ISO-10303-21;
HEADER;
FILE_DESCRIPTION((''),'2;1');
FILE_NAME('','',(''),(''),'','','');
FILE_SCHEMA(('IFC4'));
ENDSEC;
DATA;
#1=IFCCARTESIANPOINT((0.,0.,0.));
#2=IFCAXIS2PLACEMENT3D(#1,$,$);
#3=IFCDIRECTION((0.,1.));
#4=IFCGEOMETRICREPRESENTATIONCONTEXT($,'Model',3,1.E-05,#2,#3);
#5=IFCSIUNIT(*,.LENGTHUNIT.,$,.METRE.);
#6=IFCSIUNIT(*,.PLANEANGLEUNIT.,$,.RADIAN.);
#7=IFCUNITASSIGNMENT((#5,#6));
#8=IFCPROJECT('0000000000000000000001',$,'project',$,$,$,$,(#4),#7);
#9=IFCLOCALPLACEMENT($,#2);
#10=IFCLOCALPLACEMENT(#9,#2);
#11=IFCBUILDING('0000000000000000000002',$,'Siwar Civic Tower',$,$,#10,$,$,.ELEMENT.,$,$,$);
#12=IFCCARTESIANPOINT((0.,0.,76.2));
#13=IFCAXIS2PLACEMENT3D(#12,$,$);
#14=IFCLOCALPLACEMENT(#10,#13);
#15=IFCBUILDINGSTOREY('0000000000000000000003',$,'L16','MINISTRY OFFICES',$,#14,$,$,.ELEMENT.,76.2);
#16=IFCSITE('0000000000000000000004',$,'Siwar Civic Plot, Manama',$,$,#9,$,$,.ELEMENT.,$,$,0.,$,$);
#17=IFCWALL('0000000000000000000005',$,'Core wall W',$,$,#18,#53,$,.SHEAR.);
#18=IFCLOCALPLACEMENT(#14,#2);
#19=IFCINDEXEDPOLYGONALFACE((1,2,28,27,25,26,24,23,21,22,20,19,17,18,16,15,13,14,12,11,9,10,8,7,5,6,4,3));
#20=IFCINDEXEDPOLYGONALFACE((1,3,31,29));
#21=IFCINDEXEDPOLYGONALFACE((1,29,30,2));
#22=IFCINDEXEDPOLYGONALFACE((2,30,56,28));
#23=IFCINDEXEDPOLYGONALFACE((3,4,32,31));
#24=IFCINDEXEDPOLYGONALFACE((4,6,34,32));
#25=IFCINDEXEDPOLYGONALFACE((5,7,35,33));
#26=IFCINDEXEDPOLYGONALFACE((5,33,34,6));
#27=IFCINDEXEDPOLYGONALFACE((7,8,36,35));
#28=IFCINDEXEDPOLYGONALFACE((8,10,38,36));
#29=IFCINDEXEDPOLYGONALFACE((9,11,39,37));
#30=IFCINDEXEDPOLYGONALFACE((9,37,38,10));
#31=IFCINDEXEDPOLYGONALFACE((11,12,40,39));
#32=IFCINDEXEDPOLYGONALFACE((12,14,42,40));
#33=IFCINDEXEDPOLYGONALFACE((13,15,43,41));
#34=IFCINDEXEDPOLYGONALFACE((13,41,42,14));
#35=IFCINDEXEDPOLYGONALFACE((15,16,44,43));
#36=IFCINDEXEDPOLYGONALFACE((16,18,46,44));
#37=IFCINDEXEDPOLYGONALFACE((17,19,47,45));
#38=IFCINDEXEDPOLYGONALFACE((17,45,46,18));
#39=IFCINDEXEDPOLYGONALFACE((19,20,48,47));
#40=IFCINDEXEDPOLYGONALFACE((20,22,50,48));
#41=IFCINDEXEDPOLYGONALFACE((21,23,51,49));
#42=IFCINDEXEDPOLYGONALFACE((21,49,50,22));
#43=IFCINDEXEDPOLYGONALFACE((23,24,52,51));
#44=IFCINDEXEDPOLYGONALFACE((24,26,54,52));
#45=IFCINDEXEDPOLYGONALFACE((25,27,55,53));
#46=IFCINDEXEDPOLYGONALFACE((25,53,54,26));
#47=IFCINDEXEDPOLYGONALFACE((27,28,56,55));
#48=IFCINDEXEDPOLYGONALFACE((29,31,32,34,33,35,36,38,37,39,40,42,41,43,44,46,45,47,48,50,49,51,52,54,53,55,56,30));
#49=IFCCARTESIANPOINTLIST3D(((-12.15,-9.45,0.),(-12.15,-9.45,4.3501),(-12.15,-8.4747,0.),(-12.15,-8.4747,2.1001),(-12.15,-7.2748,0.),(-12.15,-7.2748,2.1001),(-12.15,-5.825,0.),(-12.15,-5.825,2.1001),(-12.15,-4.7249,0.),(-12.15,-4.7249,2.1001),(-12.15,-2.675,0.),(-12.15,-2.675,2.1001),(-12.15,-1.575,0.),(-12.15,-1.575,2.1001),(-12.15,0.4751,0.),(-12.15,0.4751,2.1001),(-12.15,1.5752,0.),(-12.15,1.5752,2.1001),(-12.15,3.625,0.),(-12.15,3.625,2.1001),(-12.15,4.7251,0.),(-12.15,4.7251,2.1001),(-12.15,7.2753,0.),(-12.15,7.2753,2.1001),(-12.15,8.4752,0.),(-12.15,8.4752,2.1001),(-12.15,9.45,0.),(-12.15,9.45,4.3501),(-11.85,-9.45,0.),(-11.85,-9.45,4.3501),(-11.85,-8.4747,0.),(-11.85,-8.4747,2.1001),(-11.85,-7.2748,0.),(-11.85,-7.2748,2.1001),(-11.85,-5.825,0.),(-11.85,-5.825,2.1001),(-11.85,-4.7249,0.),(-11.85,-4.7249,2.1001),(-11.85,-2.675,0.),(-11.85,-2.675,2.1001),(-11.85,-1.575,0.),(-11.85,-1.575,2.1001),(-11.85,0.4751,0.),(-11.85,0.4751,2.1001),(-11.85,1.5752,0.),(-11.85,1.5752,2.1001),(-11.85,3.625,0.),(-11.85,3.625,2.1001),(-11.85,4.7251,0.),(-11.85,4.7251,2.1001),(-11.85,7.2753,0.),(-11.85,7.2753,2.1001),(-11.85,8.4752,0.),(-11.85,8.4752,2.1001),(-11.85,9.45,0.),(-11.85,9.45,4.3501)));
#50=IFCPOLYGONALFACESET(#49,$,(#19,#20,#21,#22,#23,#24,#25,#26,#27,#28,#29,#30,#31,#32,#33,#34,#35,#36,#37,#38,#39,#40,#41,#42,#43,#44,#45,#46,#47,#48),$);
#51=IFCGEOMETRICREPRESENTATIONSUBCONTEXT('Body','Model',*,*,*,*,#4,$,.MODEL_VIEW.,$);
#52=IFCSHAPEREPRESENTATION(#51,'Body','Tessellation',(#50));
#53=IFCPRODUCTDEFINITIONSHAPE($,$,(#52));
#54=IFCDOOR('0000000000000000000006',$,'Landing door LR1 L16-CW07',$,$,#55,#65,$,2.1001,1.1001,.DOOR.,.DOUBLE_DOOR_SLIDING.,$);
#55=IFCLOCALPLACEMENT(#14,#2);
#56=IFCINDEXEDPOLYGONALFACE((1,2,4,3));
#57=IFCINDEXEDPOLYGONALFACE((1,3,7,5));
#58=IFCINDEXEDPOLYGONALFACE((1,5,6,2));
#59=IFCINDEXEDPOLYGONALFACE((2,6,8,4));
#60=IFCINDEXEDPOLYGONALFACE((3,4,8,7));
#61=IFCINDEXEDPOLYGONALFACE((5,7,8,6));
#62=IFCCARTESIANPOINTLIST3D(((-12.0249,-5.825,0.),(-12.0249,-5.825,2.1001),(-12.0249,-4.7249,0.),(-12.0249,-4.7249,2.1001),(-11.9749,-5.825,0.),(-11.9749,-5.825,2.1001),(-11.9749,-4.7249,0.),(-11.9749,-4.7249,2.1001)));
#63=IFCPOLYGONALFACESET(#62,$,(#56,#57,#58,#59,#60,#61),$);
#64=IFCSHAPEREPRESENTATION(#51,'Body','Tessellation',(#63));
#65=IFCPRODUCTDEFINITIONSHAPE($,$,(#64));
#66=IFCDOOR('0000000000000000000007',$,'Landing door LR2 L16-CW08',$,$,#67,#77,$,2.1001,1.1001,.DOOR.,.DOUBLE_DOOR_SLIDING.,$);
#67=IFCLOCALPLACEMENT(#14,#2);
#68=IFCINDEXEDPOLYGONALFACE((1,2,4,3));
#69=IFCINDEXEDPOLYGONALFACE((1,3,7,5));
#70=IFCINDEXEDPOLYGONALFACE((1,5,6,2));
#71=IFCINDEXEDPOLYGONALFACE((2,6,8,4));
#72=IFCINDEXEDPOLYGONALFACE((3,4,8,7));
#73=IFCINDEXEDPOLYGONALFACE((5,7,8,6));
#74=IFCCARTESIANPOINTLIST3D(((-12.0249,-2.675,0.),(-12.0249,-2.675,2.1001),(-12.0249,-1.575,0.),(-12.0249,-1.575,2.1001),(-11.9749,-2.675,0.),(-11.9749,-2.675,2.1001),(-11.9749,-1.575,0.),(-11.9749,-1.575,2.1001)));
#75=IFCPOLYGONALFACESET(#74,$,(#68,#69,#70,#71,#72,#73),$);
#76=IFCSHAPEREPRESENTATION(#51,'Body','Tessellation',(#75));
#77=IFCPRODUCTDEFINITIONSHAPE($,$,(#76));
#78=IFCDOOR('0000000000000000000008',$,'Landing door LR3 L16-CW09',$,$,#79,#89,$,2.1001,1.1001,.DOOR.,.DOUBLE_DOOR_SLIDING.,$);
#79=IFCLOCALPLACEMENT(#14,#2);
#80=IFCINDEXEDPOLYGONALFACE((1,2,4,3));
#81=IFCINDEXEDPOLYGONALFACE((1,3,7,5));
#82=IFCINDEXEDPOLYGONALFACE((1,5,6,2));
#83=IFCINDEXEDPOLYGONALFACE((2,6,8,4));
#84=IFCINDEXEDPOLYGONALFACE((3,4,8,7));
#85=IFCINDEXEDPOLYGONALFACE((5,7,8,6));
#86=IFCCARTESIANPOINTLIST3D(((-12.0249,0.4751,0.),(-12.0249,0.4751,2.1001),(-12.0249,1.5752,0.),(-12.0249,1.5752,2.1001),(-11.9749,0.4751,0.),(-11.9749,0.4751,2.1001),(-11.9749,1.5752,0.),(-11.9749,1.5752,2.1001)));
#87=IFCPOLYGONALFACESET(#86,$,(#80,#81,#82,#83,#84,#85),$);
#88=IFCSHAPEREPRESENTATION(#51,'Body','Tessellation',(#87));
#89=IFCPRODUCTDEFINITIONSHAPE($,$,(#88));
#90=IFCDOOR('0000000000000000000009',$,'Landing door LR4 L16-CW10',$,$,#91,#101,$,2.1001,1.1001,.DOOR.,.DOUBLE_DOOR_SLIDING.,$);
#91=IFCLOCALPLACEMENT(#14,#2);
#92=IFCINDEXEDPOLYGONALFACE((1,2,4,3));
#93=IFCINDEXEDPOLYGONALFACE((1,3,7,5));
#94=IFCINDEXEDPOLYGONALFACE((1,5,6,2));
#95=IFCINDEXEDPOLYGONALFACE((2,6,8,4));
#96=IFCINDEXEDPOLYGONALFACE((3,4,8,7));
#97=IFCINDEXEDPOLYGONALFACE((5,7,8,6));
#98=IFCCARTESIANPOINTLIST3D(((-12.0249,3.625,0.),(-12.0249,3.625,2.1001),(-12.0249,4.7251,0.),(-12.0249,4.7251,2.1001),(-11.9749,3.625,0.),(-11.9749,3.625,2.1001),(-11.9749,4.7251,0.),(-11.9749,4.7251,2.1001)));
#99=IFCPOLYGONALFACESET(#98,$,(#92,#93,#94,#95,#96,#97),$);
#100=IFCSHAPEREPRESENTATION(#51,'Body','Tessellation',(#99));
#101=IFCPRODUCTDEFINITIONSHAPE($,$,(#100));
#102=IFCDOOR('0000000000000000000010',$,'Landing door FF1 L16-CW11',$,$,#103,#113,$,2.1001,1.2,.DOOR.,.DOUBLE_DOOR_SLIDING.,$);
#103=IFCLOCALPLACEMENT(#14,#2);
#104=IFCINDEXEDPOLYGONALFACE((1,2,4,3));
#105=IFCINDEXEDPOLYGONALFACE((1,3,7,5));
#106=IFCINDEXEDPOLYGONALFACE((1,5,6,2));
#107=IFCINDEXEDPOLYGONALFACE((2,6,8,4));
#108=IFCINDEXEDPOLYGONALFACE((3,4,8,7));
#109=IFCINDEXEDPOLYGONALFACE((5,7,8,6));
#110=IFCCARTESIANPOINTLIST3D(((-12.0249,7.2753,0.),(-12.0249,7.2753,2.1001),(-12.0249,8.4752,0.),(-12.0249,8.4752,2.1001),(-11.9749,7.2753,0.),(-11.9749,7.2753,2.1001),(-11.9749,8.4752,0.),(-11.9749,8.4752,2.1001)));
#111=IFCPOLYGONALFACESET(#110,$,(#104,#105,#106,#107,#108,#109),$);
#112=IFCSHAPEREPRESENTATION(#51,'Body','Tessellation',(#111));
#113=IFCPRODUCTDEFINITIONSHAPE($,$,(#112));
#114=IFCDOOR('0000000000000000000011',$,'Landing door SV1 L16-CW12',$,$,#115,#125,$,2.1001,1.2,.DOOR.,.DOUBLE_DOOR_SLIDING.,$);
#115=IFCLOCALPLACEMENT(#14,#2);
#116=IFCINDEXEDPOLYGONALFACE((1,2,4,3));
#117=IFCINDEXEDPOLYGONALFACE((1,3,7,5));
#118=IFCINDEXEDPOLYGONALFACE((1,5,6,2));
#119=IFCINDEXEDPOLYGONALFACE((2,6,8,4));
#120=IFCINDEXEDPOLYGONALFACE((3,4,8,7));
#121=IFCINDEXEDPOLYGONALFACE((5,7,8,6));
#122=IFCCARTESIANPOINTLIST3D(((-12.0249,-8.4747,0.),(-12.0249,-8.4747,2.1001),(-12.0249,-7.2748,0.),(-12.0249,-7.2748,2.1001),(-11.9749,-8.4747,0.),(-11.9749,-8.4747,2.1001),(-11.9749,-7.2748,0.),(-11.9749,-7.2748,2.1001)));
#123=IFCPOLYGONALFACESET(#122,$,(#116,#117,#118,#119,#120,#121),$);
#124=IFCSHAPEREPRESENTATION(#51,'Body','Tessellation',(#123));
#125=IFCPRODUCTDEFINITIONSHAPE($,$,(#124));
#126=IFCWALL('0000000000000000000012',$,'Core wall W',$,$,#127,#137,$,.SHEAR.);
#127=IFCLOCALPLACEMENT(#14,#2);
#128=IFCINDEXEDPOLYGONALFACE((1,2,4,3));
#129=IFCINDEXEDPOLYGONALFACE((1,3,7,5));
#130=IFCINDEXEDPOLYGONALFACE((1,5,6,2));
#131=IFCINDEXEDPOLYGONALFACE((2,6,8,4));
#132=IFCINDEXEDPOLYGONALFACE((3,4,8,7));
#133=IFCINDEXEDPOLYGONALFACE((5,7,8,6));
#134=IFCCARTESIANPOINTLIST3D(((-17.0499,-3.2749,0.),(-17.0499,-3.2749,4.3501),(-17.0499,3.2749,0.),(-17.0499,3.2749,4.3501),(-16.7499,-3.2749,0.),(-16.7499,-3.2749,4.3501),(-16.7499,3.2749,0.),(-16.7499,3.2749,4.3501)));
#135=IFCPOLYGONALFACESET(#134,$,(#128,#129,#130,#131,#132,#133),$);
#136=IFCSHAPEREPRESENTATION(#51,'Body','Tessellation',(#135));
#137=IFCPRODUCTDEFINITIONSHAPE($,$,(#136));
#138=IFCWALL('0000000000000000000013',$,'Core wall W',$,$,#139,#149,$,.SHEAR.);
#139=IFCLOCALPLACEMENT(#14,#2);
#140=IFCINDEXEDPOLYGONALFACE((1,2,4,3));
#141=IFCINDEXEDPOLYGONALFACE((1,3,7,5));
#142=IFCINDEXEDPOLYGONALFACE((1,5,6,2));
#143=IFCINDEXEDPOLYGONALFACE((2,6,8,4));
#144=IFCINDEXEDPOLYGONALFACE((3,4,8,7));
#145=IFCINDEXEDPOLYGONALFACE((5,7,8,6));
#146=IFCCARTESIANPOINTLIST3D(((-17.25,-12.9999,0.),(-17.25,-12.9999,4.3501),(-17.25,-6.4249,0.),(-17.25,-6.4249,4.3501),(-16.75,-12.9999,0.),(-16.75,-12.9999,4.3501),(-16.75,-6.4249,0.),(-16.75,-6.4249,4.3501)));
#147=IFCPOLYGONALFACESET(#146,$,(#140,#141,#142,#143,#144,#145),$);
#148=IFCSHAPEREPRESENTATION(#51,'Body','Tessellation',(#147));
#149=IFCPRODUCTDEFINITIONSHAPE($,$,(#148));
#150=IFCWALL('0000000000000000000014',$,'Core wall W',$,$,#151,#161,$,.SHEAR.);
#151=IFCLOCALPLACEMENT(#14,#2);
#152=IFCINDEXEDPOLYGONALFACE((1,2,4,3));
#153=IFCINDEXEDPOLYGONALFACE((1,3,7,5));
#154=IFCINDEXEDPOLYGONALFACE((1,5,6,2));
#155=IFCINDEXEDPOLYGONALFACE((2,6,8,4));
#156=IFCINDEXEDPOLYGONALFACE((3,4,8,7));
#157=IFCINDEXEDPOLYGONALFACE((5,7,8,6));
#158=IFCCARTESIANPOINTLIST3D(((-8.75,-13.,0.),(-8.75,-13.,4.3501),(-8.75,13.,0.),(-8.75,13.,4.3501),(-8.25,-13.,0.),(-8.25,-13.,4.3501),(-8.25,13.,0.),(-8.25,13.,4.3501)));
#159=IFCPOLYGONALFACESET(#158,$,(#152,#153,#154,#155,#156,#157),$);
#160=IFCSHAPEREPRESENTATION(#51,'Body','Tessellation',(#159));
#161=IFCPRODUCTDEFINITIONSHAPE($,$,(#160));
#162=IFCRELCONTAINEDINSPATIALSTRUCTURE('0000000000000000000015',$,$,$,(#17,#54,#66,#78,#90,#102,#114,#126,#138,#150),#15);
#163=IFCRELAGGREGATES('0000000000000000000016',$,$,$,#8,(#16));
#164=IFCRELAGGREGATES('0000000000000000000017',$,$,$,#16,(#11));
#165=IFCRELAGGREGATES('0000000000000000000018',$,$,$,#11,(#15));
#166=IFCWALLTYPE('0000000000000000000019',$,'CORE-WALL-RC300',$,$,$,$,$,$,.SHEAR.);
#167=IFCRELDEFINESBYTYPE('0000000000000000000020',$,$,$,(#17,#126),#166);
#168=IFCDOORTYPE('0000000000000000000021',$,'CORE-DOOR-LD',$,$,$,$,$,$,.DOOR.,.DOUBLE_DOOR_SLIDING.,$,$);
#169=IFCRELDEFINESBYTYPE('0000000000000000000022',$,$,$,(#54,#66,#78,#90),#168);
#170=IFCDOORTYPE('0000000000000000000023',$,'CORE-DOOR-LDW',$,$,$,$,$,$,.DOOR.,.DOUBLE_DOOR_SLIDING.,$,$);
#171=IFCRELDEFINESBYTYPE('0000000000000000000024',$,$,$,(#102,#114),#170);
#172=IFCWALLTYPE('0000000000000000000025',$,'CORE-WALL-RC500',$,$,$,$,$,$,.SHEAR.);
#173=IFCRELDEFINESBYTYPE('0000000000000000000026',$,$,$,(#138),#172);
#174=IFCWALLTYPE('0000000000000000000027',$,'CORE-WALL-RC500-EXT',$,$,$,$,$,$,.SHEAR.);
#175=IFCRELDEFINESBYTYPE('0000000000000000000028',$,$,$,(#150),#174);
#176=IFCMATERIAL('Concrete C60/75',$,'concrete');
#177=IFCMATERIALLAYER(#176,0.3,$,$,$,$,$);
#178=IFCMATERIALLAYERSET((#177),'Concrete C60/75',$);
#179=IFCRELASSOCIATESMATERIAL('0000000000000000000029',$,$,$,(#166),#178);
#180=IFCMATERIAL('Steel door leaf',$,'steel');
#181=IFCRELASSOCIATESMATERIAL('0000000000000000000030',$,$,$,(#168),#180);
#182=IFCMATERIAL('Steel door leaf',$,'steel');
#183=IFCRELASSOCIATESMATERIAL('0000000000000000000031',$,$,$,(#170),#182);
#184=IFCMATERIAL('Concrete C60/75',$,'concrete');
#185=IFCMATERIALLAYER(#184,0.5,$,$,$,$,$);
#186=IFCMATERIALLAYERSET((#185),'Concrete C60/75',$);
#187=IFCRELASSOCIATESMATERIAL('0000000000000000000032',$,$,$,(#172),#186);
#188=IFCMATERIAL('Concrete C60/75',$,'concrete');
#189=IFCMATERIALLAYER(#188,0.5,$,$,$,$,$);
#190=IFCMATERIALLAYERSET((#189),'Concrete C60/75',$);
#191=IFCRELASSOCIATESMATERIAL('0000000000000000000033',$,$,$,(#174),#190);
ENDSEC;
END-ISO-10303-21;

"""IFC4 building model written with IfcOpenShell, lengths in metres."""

from ifc_helpers import new_model, si_unit, direction, frame, frame_2d, origin, place, context, subcontext, project, spatial, rectangle, extrude, material, layer, layer_set, type_object, element, fill, save


model = new_model("IFC4")

# Units and contexts
model_context = context("Model", 3, precision=1e-05, world=origin(), true_north=direction((0.0, 1.0)))
body_context = subcontext(model_context, "Body", "Model", "MODEL_VIEW")
ifc_project = project(units=[si_unit("LENGTHUNIT", "METRE"), si_unit("PLANEANGLEUNIT", "RADIAN")], contexts=[model_context])

# Site, building, storey
site_placement = place(None, origin())
site = spatial("IfcSite", under=ifc_project, at=site_placement, Name="Siwar Civic Plot, Manama", CompositionType="ELEMENT", RefElevation=0.0)
building_placement = place(site_placement, origin())
building = spatial("IfcBuilding", under=site, at=building_placement, Name="Siwar Civic Tower", CompositionType="ELEMENT")
storey_placement = place(building_placement, frame((0.0, 0.0, 76.2)))
storey = spatial("IfcBuildingStorey", under=building, at=storey_placement, Name="L16", Description="MINISTRY OFFICES", CompositionType="ELEMENT", Elevation=76.2)

# Wall, openings, doors
ifc_material_1 = material(Name="Concrete C60/75", Category="concrete")
ifc_layer_1 = layer(ifc_material_1, 0.3)
ifc_layer_set_1 = layer_set([ifc_layer_1], Name="Concrete C60/75")
wall_type_1 = type_object("IfcWallType", Name="CORE-WALL-RC300", PredefinedType="SHEAR", material=ifc_layer_set_1)
wall_1_placement = place(storey_placement, frame((-12.0, -9.45, 0.0), z_axis=(0.0, 0.0, 1.0), x_axis=(0.0, 1.0, 0.0)))
wall_1 = element("IfcWall", 1, at=wall_1_placement, inside=storey, type_object=wall_type_1, Name="Core wall W", PredefinedType="SHEAR", context=body_context, shape_type="SweptSolid", body=[
    extrude(rectangle(XDim=18.8999, YDim=0.3, at=frame_2d((9.45, 0.0))), origin(), (0.0, 0.0, 1.0), 4.3501),
])
opening_1_placement = place(wall_1_placement, frame((3.625, 0.0, 0.0)))
opening_1 = element("IfcOpeningElement", 2, at=opening_1_placement, cuts=wall_1, PredefinedType="OPENING", context=body_context, shape_type="SweptSolid", body=[
    extrude(rectangle(XDim=1.1001, YDim=2.1001, at=frame_2d((0.55, 1.05))), frame((0.0, 0.1602, 0.0), z_axis=(0.0, -1.0, 0.0), x_axis=(1.0, 0.0, 0.0)), (0.0, 0.0, 1.0), 0.3201),
])
opening_2_placement = place(wall_1_placement, frame((6.7749, 0.0, 0.0)))
opening_2 = element("IfcOpeningElement", 3, at=opening_2_placement, cuts=wall_1, PredefinedType="OPENING", context=body_context, shape_type="SweptSolid", body=[
    extrude(rectangle(XDim=1.1001, YDim=2.1001, at=frame_2d((0.55, 1.05))), frame((0.0, 0.1602, 0.0), z_axis=(0.0, -1.0, 0.0), x_axis=(1.0, 0.0, 0.0)), (0.0, 0.0, 1.0), 0.3201),
])
opening_3_placement = place(wall_1_placement, frame((9.925, 0.0, 0.0)))
opening_3 = element("IfcOpeningElement", 4, at=opening_3_placement, cuts=wall_1, PredefinedType="OPENING", context=body_context, shape_type="SweptSolid", body=[
    extrude(rectangle(XDim=1.1001, YDim=2.1001, at=frame_2d((0.55, 1.05))), frame((0.0, 0.1602, 0.0), z_axis=(0.0, -1.0, 0.0), x_axis=(1.0, 0.0, 0.0)), (0.0, 0.0, 1.0), 0.3201),
])
opening_4_placement = place(wall_1_placement, frame((13.075, 0.0, 0.0)))
opening_4 = element("IfcOpeningElement", 5, at=opening_4_placement, cuts=wall_1, PredefinedType="OPENING", context=body_context, shape_type="SweptSolid", body=[
    extrude(rectangle(XDim=1.1001, YDim=2.1001, at=frame_2d((0.55, 1.05))), frame((0.0, 0.1602, 0.0), z_axis=(0.0, -1.0, 0.0), x_axis=(1.0, 0.0, 0.0)), (0.0, 0.0, 1.0), 0.3201),
])
opening_5_placement = place(wall_1_placement, frame((16.7251, 0.0, 0.0)))
opening_5 = element("IfcOpeningElement", 6, at=opening_5_placement, cuts=wall_1, PredefinedType="OPENING", context=body_context, shape_type="SweptSolid", body=[
    extrude(rectangle(XDim=1.2, YDim=2.1001, at=frame_2d((0.6001, 1.05))), frame((0.0, 0.1602, 0.0), z_axis=(0.0, -1.0, 0.0), x_axis=(1.0, 0.0, 0.0)), (0.0, 0.0, 1.0), 0.3201),
])
opening_6_placement = place(wall_1_placement, frame((0.9751, 0.0, 0.0)))
opening_6 = element("IfcOpeningElement", 7, at=opening_6_placement, cuts=wall_1, PredefinedType="OPENING", context=body_context, shape_type="SweptSolid", body=[
    extrude(rectangle(XDim=1.2, YDim=2.1001, at=frame_2d((0.6001, 1.05))), frame((0.0, 0.1602, 0.0), z_axis=(0.0, -1.0, 0.0), x_axis=(1.0, 0.0, 0.0)), (0.0, 0.0, 1.0), 0.3201),
])
ifc_material_2 = material(Name="Steel door leaf", Category="steel")
door_type_1 = type_object("IfcDoorType", Name="CORE-DOOR-LD", OperationType="DOUBLE_DOOR_SLIDING", PredefinedType="DOOR", material=ifc_material_2)
door_1_placement = place(opening_1_placement, origin())
door_1 = element("IfcDoor", 8, at=door_1_placement, inside=storey, type_object=door_type_1, Name="Landing door LR1 L16-CW07", OperationType="DOUBLE_DOOR_SLIDING", OverallHeight=2.1001, OverallWidth=1.1001, PredefinedType="DOOR", context=body_context, shape_type="SweptSolid", body=[
    extrude(rectangle(XDim=1.1001, YDim=2.1001, at=frame_2d((0.55, 1.05))), frame((0.0, 0.0249, 0.0), z_axis=(0.0, -1.0, 0.0), x_axis=(1.0, 0.0, 0.0)), (0.0, 0.0, 1.0), 0.05),
])
fill(opening_1, door_1)
door_2_placement = place(opening_2_placement, origin())
door_2 = element("IfcDoor", 9, at=door_2_placement, inside=storey, type_object=door_type_1, Name="Landing door LR2 L16-CW08", OperationType="DOUBLE_DOOR_SLIDING", OverallHeight=2.1001, OverallWidth=1.1001, PredefinedType="DOOR", context=body_context, shape_type="SweptSolid", body=[
    extrude(rectangle(XDim=1.1001, YDim=2.1001, at=frame_2d((0.55, 1.05))), frame((0.0, 0.0249, 0.0), z_axis=(0.0, -1.0, 0.0), x_axis=(1.0, 0.0, 0.0)), (0.0, 0.0, 1.0), 0.05),
])
fill(opening_2, door_2)
door_3_placement = place(opening_3_placement, origin())
door_3 = element("IfcDoor", 10, at=door_3_placement, inside=storey, type_object=door_type_1, Name="Landing door LR3 L16-CW09", OperationType="DOUBLE_DOOR_SLIDING", OverallHeight=2.1001, OverallWidth=1.1001, PredefinedType="DOOR", context=body_context, shape_type="SweptSolid", body=[
    extrude(rectangle(XDim=1.1001, YDim=2.1001, at=frame_2d((0.55, 1.05))), frame((0.0, 0.0249, 0.0), z_axis=(0.0, -1.0, 0.0), x_axis=(1.0, 0.0, 0.0)), (0.0, 0.0, 1.0), 0.05),
])
fill(opening_3, door_3)
door_4_placement = place(opening_4_placement, origin())
door_4 = element("IfcDoor", 11, at=door_4_placement, inside=storey, type_object=door_type_1, Name="Landing door LR4 L16-CW10", OperationType="DOUBLE_DOOR_SLIDING", OverallHeight=2.1001, OverallWidth=1.1001, PredefinedType="DOOR", context=body_context, shape_type="SweptSolid", body=[
    extrude(rectangle(XDim=1.1001, YDim=2.1001, at=frame_2d((0.55, 1.05))), frame((0.0, 0.0249, 0.0), z_axis=(0.0, -1.0, 0.0), x_axis=(1.0, 0.0, 0.0)), (0.0, 0.0, 1.0), 0.05),
])
fill(opening_4, door_4)
ifc_material_3 = material(Name="Steel door leaf", Category="steel")
door_type_2 = type_object("IfcDoorType", Name="CORE-DOOR-LDW", OperationType="DOUBLE_DOOR_SLIDING", PredefinedType="DOOR", material=ifc_material_3)
door_5_placement = place(opening_5_placement, origin())
door_5 = element("IfcDoor", 12, at=door_5_placement, inside=storey, type_object=door_type_2, Name="Landing door FF1 L16-CW11", OperationType="DOUBLE_DOOR_SLIDING", OverallHeight=2.1001, OverallWidth=1.2, PredefinedType="DOOR", context=body_context, shape_type="SweptSolid", body=[
    extrude(rectangle(XDim=1.2, YDim=2.1001, at=frame_2d((0.6001, 1.05))), frame((0.0, 0.0249, 0.0), z_axis=(0.0, -1.0, 0.0), x_axis=(1.0, 0.0, 0.0)), (0.0, 0.0, 1.0), 0.05),
])
fill(opening_5, door_5)
door_6_placement = place(opening_6_placement, origin())
door_6 = element("IfcDoor", 13, at=door_6_placement, inside=storey, type_object=door_type_2, Name="Landing door SV1 L16-CW12", OperationType="DOUBLE_DOOR_SLIDING", OverallHeight=2.1001, OverallWidth=1.2, PredefinedType="DOOR", context=body_context, shape_type="SweptSolid", body=[
    extrude(rectangle(XDim=1.2, YDim=2.1001, at=frame_2d((0.6001, 1.05))), frame((0.0, 0.0249, 0.0), z_axis=(0.0, -1.0, 0.0), x_axis=(1.0, 0.0, 0.0)), (0.0, 0.0, 1.0), 0.05),
])
fill(opening_6, door_6)

# Walls
wall_2_placement = place(storey_placement, frame((-16.8999, -3.2749, 0.0), z_axis=(0.0, 0.0, 1.0), x_axis=(0.0, 1.0, 0.0)))
element("IfcWall", 14, at=wall_2_placement, inside=storey, type_object=wall_type_1, Name="Core wall W", PredefinedType="SHEAR", context=body_context, shape_type="SweptSolid", body=[
    extrude(rectangle(XDim=6.5498, YDim=0.3, at=frame_2d((3.2749, 0.0))), origin(), (0.0, 0.0, 1.0), 4.3501),
])
ifc_material_4 = material(Name="Concrete C60/75", Category="concrete")
ifc_layer_2 = layer(ifc_material_4, 0.5)
ifc_layer_set_2 = layer_set([ifc_layer_2], Name="Concrete C60/75")
wall_type_2 = type_object("IfcWallType", Name="CORE-WALL-RC500", PredefinedType="SHEAR", material=ifc_layer_set_2)
wall_3_placement = place(storey_placement, frame((-17.0, -13.0, 0.0), z_axis=(0.0, 0.0, 1.0), x_axis=(0.0, 1.0, 0.0)))
element("IfcWall", 15, at=wall_3_placement, inside=storey, type_object=wall_type_2, Name="Core wall W", PredefinedType="SHEAR", context=body_context, shape_type="SweptSolid", body=[
    extrude(rectangle(XDim=6.575, YDim=0.5, at=frame_2d((3.2876, 0.0))), origin(), (0.0, 0.0, 1.0), 4.3501),
])
ifc_material_5 = material(Name="Concrete C60/75", Category="concrete")
ifc_layer_3 = layer(ifc_material_5, 0.5)
ifc_layer_set_3 = layer_set([ifc_layer_3], Name="Concrete C60/75")
wall_type_3 = type_object("IfcWallType", Name="CORE-WALL-RC500-EXT", PredefinedType="SHEAR", material=ifc_layer_set_3)
wall_4_placement = place(storey_placement, frame((-8.5, -13.0, 0.0), z_axis=(0.0, 0.0, 1.0), x_axis=(0.0, 1.0, 0.0)))
element("IfcWall", 16, at=wall_4_placement, inside=storey, type_object=wall_type_3, Name="Core wall W", PredefinedType="SHEAR", context=body_context, shape_type="SweptSolid", body=[
    extrude(rectangle(XDim=26.0, YDim=0.5, at=frame_2d((13.0, 0.0))), origin(), (0.0, 0.0, 1.0), 4.3501),
])

save(model, "model.ifc")
